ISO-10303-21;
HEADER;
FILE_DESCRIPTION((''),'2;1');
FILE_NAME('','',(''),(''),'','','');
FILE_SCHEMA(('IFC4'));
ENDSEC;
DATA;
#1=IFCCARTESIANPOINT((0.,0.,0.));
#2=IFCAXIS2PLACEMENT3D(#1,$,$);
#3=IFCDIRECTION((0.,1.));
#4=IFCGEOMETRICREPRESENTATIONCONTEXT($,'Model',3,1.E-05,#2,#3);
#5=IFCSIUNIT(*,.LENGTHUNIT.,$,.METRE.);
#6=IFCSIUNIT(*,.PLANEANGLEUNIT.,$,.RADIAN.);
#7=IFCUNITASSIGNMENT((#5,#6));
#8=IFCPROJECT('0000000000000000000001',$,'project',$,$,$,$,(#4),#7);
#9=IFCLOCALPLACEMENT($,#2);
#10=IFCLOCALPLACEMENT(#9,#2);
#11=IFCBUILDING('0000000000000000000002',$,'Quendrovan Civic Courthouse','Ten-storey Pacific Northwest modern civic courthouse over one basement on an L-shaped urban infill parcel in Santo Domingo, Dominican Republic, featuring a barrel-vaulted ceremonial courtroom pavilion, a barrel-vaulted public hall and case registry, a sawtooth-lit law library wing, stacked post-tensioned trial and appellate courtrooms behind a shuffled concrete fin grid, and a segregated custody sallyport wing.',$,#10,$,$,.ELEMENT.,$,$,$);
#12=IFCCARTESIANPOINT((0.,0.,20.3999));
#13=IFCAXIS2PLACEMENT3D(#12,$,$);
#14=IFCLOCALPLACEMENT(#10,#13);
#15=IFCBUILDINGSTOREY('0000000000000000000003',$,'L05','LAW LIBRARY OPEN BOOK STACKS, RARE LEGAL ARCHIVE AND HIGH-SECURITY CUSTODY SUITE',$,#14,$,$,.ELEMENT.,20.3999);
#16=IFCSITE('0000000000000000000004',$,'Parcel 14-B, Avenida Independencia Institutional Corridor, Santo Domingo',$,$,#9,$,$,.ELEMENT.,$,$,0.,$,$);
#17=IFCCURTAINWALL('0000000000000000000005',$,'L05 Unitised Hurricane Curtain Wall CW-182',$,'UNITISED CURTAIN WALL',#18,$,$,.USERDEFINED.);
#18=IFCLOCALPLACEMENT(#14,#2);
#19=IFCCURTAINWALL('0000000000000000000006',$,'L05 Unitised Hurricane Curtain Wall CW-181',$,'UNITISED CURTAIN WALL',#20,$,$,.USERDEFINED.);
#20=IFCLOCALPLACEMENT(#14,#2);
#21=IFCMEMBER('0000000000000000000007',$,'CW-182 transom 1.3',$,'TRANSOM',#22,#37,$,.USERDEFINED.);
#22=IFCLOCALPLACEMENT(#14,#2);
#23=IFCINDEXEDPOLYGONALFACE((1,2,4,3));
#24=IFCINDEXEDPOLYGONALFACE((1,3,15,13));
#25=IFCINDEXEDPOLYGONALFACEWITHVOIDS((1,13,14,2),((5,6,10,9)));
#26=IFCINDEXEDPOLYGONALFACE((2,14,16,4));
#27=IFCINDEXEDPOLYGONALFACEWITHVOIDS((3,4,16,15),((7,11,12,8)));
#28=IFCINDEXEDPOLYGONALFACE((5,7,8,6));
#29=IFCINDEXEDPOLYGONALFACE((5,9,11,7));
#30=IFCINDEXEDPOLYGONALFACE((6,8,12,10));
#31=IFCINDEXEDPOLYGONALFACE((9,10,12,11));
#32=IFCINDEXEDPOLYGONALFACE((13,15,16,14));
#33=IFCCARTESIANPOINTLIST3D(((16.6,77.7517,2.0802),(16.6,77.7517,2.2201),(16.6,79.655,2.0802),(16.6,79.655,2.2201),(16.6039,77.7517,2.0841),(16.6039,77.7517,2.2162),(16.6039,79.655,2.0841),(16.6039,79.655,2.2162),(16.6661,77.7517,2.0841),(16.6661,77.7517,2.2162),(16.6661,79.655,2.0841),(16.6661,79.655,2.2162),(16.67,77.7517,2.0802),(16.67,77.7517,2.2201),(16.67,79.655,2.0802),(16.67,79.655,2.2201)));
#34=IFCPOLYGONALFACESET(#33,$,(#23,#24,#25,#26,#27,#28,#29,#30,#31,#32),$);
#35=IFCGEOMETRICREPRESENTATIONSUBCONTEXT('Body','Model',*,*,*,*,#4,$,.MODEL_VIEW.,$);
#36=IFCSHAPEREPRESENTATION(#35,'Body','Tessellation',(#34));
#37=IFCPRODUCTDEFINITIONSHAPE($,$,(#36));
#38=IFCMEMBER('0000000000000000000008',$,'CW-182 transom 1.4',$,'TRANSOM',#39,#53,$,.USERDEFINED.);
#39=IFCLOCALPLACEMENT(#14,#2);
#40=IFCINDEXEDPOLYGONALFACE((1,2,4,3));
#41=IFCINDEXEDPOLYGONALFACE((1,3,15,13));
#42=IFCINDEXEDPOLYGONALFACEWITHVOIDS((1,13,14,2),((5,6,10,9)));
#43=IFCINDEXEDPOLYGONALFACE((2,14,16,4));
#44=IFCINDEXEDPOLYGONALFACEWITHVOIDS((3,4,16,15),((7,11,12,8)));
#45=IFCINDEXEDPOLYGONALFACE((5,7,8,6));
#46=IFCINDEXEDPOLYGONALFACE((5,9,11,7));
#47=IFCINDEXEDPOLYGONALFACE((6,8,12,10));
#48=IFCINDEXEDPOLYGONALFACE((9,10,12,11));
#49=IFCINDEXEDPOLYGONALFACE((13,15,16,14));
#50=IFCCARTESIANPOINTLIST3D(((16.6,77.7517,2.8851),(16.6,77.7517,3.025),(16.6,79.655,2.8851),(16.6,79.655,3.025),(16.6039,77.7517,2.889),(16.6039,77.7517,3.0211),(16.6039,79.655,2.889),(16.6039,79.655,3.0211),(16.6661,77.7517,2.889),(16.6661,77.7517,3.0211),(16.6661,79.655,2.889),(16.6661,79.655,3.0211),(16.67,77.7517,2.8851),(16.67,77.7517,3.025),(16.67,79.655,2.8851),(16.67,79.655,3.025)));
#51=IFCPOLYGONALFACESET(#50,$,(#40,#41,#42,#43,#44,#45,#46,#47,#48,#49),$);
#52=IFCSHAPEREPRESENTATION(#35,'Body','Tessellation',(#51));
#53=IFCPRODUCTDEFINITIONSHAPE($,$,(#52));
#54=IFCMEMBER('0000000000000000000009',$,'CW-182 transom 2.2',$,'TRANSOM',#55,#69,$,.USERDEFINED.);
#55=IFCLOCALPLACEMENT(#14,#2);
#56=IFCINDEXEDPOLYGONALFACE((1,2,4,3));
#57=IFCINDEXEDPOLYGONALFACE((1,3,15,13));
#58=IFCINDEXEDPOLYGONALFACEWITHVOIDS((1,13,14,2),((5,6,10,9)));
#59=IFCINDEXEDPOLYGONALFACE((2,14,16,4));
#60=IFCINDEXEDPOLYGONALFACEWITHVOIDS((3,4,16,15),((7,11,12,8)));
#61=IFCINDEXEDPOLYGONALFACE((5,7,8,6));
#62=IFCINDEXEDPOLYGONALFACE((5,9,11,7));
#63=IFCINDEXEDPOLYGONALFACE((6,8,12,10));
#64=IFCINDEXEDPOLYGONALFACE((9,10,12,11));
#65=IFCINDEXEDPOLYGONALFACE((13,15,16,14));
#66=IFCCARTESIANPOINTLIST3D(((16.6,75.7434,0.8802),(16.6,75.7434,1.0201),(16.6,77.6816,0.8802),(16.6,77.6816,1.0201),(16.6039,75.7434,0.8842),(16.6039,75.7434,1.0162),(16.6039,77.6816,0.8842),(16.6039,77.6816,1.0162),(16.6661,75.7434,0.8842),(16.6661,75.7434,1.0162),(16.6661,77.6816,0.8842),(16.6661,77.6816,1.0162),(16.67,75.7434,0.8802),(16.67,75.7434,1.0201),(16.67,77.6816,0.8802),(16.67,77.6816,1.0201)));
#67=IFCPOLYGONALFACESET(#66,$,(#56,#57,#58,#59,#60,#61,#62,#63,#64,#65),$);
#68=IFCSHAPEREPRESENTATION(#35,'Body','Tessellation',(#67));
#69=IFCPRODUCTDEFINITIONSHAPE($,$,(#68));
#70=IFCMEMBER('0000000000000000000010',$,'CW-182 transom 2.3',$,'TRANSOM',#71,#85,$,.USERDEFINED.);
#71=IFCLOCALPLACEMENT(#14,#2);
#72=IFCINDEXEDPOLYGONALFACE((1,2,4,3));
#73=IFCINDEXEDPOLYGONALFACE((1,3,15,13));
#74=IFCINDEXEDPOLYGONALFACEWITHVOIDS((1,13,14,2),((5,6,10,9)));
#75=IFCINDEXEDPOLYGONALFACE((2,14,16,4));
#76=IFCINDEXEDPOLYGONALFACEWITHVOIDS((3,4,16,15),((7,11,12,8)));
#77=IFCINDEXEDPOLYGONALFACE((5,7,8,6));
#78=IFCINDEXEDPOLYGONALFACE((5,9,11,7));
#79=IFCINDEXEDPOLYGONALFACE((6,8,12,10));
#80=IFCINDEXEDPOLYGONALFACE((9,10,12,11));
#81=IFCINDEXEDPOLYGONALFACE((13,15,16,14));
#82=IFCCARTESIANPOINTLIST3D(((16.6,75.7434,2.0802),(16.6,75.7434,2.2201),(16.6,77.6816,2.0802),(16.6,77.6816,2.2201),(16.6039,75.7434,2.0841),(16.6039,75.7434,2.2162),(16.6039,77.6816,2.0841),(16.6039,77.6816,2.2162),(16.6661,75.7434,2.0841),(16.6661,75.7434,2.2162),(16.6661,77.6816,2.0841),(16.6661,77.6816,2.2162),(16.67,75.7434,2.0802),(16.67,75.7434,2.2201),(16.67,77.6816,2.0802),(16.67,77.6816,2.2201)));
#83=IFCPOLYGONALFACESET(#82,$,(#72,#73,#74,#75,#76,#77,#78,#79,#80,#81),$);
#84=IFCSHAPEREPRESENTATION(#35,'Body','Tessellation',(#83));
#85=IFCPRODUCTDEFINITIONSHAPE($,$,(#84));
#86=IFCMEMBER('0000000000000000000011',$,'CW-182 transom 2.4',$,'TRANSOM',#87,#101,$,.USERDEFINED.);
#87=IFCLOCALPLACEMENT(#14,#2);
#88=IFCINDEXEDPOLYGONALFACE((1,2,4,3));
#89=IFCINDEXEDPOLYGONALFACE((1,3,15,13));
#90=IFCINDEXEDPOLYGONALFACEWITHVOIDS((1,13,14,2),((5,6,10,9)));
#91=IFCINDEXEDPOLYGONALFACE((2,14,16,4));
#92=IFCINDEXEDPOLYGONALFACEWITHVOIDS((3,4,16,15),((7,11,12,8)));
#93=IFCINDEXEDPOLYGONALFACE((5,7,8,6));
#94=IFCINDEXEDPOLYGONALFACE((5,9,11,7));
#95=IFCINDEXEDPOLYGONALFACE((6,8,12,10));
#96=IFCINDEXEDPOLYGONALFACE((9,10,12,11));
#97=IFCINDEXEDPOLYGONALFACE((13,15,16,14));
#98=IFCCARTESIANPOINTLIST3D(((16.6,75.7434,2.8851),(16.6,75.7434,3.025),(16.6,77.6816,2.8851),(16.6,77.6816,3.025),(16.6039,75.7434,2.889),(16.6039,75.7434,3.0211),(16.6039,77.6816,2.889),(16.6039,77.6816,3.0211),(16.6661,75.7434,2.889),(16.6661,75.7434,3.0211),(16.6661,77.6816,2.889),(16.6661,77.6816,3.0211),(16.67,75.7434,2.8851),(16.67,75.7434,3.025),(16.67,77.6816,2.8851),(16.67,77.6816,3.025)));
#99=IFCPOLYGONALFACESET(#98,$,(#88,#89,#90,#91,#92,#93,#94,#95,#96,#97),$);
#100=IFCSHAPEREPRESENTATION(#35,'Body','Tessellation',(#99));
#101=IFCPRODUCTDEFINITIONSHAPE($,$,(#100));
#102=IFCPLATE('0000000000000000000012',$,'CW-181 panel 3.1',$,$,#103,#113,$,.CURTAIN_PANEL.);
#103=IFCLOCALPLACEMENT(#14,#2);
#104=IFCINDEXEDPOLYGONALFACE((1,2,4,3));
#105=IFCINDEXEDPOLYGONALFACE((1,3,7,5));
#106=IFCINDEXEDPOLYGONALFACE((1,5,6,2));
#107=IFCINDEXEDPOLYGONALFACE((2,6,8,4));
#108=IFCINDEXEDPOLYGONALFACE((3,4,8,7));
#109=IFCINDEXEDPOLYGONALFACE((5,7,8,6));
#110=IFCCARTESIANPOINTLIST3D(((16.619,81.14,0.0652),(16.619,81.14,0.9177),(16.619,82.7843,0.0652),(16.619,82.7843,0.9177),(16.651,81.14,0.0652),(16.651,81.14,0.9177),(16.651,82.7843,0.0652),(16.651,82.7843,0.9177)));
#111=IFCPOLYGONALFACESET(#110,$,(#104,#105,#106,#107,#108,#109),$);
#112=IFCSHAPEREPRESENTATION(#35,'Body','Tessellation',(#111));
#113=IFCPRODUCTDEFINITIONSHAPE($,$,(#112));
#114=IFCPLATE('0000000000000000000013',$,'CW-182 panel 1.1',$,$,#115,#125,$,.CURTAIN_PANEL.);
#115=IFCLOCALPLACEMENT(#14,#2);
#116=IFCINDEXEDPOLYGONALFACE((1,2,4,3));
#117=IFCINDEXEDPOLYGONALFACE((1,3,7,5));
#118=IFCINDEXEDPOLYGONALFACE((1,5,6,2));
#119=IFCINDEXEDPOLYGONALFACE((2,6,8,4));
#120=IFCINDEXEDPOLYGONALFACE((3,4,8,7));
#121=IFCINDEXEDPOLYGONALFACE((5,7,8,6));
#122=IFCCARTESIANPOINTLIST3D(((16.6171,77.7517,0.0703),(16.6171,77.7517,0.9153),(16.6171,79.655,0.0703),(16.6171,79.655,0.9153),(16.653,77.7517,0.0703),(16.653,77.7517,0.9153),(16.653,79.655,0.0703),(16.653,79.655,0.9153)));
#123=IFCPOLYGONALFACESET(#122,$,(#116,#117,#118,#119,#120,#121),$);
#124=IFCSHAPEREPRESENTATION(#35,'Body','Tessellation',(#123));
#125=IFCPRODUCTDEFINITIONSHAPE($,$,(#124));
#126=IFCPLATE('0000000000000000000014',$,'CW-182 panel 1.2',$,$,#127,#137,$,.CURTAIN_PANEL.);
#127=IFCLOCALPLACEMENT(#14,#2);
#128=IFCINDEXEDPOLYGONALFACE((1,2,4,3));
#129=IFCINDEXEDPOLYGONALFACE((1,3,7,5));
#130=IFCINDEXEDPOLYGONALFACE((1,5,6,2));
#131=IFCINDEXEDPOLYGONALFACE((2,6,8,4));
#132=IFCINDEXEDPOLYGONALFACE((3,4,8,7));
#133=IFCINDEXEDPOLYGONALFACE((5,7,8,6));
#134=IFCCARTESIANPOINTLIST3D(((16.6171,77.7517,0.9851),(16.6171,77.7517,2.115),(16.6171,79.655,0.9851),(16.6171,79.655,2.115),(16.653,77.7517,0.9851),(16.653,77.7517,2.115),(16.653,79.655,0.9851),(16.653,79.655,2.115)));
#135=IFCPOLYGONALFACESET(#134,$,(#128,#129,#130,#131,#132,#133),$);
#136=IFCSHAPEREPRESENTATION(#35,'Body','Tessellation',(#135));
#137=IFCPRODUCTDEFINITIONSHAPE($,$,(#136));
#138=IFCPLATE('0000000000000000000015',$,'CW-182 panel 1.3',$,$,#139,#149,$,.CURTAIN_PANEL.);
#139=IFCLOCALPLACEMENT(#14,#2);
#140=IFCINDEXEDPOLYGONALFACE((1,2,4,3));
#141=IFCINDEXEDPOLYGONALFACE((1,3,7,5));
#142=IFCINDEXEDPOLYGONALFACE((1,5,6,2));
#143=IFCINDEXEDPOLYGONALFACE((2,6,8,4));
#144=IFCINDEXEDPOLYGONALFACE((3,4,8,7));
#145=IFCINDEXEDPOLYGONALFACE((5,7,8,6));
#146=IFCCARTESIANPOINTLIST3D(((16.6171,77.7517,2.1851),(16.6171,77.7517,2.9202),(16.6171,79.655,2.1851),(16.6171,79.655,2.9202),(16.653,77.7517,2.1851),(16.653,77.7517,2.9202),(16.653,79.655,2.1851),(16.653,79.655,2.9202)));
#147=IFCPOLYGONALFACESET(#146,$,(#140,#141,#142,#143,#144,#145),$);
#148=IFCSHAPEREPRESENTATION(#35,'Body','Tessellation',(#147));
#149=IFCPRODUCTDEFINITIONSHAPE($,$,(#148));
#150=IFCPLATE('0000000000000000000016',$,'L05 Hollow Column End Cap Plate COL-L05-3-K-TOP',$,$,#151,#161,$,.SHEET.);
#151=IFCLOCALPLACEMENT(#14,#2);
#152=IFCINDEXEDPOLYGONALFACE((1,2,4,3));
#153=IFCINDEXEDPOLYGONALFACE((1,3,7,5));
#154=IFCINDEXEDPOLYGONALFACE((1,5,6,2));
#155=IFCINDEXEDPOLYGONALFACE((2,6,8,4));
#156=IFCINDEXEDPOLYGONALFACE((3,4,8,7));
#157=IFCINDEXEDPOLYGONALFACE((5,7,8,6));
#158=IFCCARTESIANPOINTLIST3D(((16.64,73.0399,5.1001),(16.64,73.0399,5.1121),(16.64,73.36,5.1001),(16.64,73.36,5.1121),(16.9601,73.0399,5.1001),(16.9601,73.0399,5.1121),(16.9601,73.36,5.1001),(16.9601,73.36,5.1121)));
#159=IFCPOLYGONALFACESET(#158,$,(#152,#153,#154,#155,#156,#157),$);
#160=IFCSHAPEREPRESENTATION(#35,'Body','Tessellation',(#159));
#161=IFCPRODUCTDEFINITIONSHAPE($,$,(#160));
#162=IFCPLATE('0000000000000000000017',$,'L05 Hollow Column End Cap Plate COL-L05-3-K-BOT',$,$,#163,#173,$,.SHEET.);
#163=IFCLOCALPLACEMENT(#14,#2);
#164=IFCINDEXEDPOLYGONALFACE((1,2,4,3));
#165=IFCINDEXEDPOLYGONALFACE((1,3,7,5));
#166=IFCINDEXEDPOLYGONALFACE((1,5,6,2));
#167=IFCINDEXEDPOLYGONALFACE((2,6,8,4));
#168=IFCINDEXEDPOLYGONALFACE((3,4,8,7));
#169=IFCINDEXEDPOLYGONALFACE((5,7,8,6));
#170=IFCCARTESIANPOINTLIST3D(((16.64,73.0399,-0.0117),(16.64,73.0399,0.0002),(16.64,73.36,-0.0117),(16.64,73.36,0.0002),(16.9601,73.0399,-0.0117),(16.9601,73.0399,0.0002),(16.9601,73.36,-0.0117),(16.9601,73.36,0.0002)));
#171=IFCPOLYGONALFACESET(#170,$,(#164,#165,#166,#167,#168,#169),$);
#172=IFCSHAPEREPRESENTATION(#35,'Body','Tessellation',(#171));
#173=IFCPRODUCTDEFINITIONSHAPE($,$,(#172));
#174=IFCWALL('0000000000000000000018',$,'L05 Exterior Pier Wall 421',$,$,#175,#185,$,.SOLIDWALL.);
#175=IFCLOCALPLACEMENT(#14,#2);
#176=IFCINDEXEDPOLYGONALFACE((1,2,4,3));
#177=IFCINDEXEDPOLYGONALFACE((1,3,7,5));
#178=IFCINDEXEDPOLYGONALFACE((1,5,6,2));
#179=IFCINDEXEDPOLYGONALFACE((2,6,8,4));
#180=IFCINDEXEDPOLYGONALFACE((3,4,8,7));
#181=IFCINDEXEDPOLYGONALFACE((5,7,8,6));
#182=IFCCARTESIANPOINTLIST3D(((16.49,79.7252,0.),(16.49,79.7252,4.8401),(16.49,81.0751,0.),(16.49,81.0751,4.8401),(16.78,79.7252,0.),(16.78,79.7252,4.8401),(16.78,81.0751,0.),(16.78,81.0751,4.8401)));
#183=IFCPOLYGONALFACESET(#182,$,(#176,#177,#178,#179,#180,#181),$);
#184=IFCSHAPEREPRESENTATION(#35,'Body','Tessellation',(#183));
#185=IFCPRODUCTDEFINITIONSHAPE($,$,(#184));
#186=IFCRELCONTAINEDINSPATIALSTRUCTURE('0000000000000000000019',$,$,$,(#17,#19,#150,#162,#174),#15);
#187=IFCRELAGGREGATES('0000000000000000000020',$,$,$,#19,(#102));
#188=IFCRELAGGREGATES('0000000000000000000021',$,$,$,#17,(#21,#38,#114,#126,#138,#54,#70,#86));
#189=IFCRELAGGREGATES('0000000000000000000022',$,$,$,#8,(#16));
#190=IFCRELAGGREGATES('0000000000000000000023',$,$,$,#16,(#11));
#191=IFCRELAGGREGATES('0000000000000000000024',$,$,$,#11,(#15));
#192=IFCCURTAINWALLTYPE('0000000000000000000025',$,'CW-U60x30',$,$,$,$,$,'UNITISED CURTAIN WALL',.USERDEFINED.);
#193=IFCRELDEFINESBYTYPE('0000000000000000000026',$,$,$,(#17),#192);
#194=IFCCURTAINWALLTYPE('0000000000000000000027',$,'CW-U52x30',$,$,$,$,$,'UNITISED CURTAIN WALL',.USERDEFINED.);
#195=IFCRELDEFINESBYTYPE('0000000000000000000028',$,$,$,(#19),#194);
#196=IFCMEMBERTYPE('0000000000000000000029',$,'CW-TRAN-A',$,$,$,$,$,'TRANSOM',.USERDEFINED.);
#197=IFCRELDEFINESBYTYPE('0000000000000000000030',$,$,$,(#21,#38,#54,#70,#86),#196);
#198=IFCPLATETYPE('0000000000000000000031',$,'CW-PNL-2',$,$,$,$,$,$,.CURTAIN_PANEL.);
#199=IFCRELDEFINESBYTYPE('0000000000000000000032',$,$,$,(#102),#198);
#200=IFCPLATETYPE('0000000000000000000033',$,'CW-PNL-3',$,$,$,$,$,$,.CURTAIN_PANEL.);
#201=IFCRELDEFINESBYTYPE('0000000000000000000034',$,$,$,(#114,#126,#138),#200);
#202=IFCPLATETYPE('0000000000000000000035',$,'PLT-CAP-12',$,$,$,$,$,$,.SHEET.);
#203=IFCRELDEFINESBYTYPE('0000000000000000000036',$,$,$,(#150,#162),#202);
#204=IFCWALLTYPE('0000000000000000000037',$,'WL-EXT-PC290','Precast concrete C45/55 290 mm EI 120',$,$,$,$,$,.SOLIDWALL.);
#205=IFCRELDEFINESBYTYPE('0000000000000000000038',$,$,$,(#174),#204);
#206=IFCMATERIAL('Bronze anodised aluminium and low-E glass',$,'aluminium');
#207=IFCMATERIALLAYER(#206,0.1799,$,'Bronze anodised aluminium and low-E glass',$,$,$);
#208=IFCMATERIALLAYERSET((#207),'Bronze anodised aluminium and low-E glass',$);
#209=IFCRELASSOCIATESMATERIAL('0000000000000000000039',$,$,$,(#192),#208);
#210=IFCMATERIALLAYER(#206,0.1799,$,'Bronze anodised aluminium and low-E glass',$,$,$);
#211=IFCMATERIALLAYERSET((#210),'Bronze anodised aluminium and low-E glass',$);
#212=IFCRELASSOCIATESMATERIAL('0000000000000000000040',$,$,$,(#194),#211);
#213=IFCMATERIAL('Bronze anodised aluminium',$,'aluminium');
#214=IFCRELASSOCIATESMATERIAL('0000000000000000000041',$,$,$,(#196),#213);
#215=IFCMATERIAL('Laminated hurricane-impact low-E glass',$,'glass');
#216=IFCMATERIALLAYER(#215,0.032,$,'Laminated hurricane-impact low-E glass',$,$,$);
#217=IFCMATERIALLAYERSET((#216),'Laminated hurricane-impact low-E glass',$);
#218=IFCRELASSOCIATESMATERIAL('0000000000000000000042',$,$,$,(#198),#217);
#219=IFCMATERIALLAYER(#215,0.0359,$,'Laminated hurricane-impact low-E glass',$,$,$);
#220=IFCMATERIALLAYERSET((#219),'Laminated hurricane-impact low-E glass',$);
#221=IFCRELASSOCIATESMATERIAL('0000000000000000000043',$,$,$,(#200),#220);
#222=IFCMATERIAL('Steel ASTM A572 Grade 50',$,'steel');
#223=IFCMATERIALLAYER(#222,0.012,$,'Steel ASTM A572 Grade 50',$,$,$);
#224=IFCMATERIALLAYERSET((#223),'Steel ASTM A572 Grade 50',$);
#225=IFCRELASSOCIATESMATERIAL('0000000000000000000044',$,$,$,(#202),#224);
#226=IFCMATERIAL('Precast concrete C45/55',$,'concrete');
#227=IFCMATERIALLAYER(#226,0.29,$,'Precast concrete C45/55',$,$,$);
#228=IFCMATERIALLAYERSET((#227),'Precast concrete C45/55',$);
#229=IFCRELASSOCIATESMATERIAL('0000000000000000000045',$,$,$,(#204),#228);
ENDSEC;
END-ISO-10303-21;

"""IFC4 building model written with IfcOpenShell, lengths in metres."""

from ifc_helpers import new_model, si_unit, direction, frame, frame_2d, origin, origin_2d, place, context, subcontext, project, spatial, rectangle, hollow_rectangle, extrude, material, layer, layer_set, material_profile, profile_set, type_object, element, aggregate, save


model = new_model("IFC4")

# Units and contexts
model_context = context("Model", 3, precision=1e-05, world=origin(), true_north=direction((0.0, 1.0)))
body_context = subcontext(model_context, "Body", "Model", "MODEL_VIEW")
ifc_project = project(units=[si_unit("LENGTHUNIT", "METRE"), si_unit("PLANEANGLEUNIT", "RADIAN")], contexts=[model_context])

# Site, building, storey
site_placement = place(None, origin())
site = spatial("IfcSite", under=ifc_project, at=site_placement, Name="Parcel 14-B, Avenida Independencia Institutional Corridor, Santo Domingo", CompositionType="ELEMENT", RefElevation=0.0)
building_placement = place(site_placement, origin())
building = spatial("IfcBuilding", under=site, at=building_placement, Name="Quendrovan Civic Courthouse", Description="Ten-storey Pacific Northwest modern civic courthouse over one basement on an L-shaped urban infill parcel in Santo Domingo, Dominican Republic, featuring a barrel-vaulted ceremonial courtroom pavilion, a barrel-vaulted public hall and case registry, a sawtooth-lit law library wing, stacked post-tensioned trial and appellate courtrooms behind a shuffled concrete fin grid, and a segregated custody sallyport wing.", CompositionType="ELEMENT")
storey_placement = place(building_placement, frame((0.0, 0.0, 20.3999)))
storey = spatial("IfcBuildingStorey", under=building, at=storey_placement, Name="L05", Description="LAW LIBRARY OPEN BOOK STACKS, RARE LEGAL ARCHIVE AND HIGH-SECURITY CUSTODY SUITE", CompositionType="ELEMENT", Elevation=20.3999)

# Curtain wall
ifc_material_1 = material(Name="Bronze anodised aluminium and low-E glass", Category="aluminium")
ifc_layer_1 = layer(ifc_material_1, 0.1799, Name="Bronze anodised aluminium and low-E glass")
ifc_layer_set_1 = layer_set([ifc_layer_1], Name="Bronze anodised aluminium and low-E glass")
curtain_wall_type_1 = type_object("IfcCurtainWallType", Name="CW-U60x30", ElementType="UNITISED CURTAIN WALL", PredefinedType="USERDEFINED", material=ifc_layer_set_1)
curtain_wall_1_placement = place(storey_placement, origin())
curtain_wall_1 = element("IfcCurtainWall", 1, at=curtain_wall_1_placement, inside=storey, type_object=curtain_wall_type_1, Name="L05 Unitised Hurricane Curtain Wall CW-182", ObjectType="UNITISED CURTAIN WALL", PredefinedType="USERDEFINED")
ifc_material_2 = material(Name="Bronze anodised aluminium", Category="aluminium")

# Curtain wall
ifc_layer_2 = layer(ifc_material_1, 0.1799, Name="Bronze anodised aluminium and low-E glass")
ifc_layer_set_2 = layer_set([ifc_layer_2], Name="Bronze anodised aluminium and low-E glass")
curtain_wall_type_2 = type_object("IfcCurtainWallType", Name="CW-U52x30", ElementType="UNITISED CURTAIN WALL", PredefinedType="USERDEFINED", material=ifc_layer_set_2)
curtain_wall_2_placement = place(storey_placement, origin())
curtain_wall_2 = element("IfcCurtainWall", 2, at=curtain_wall_2_placement, inside=storey, type_object=curtain_wall_type_2, Name="L05 Unitised Hurricane Curtain Wall CW-181", ObjectType="UNITISED CURTAIN WALL", PredefinedType="USERDEFINED")

# Members
ifc_material_profile_1 = material_profile(ifc_material_2, hollow_rectangle(XDim=0.0701, YDim=0.1399, WallThickness=0.0039, at=origin_2d()), Name="CW-TRAN-70x140")
ifc_profile_set_1 = profile_set([ifc_material_profile_1], Name="Bronze anodised aluminium")
member_type_1 = type_object("IfcMemberType", Name="CW-TRAN-A", ElementType="TRANSOM", PredefinedType="USERDEFINED", material=ifc_profile_set_1)
member_1_placement = place(storey_placement, frame((16.635, 79.655, 2.1501), z_axis=(0.0, -1.0, 0.0), x_axis=(1.0, 0.0, 0.0)))
member_1 = element("IfcMember", 3, at=member_1_placement, type_object=member_type_1, Name="CW-182 transom 1.3", ObjectType="TRANSOM", PredefinedType="USERDEFINED", context=body_context, shape_type="SweptSolid", body=[
    extrude(hollow_rectangle(XDim=0.0701, YDim=0.1399, WallThickness=0.0039, at=origin_2d()), origin(), (0.0, 0.0, 1.0), 1.9033),
])
member_2_placement = place(storey_placement, frame((16.635, 79.655, 2.9551), z_axis=(0.0, -1.0, 0.0), x_axis=(1.0, 0.0, 0.0)))
member_2 = element("IfcMember", 4, at=member_2_placement, type_object=member_type_1, Name="CW-182 transom 1.4", ObjectType="TRANSOM", PredefinedType="USERDEFINED", context=body_context, shape_type="SweptSolid", body=[
    extrude(hollow_rectangle(XDim=0.0701, YDim=0.1399, WallThickness=0.0039, at=origin_2d()), origin(), (0.0, 0.0, 1.0), 1.9033),
])
member_3_placement = place(storey_placement, frame((16.635, 77.6816, 0.9502), z_axis=(0.0, -1.0, 0.0), x_axis=(1.0, 0.0, 0.0)))
member_3 = element("IfcMember", 5, at=member_3_placement, type_object=member_type_1, Name="CW-182 transom 2.2", ObjectType="TRANSOM", PredefinedType="USERDEFINED", context=body_context, shape_type="SweptSolid", body=[
    extrude(hollow_rectangle(XDim=0.0701, YDim=0.1399, WallThickness=0.0039, at=origin_2d()), origin(), (0.0, 0.0, 1.0), 1.9382),
])
member_4_placement = place(storey_placement, frame((16.635, 77.6816, 2.1501), z_axis=(0.0, -1.0, 0.0), x_axis=(1.0, 0.0, 0.0)))
member_4 = element("IfcMember", 6, at=member_4_placement, type_object=member_type_1, Name="CW-182 transom 2.3", ObjectType="TRANSOM", PredefinedType="USERDEFINED", context=body_context, shape_type="SweptSolid", body=[
    extrude(hollow_rectangle(XDim=0.0701, YDim=0.1399, WallThickness=0.0039, at=origin_2d()), origin(), (0.0, 0.0, 1.0), 1.9382),
])
member_5_placement = place(storey_placement, frame((16.635, 77.6816, 2.9551), z_axis=(0.0, -1.0, 0.0), x_axis=(1.0, 0.0, 0.0)))
member_5 = element("IfcMember", 7, at=member_5_placement, type_object=member_type_1, Name="CW-182 transom 2.4", ObjectType="TRANSOM", PredefinedType="USERDEFINED", context=body_context, shape_type="SweptSolid", body=[
    extrude(hollow_rectangle(XDim=0.0701, YDim=0.1399, WallThickness=0.0039, at=origin_2d()), origin(), (0.0, 0.0, 1.0), 1.9382),
])

# Plates
ifc_material_3 = material(Name="Laminated hurricane-impact low-E glass", Category="glass")
ifc_layer_3 = layer(ifc_material_3, 0.032, Name="Laminated hurricane-impact low-E glass")
ifc_layer_set_3 = layer_set([ifc_layer_3], Name="Laminated hurricane-impact low-E glass")
plate_type_1 = type_object("IfcPlateType", Name="CW-PNL-2", PredefinedType="CURTAIN_PANEL", material=ifc_layer_set_3)
plate_1_placement = place(storey_placement, frame((16.635, 81.9622, 0.0652), z_axis=(0.0, 0.0, 1.0), x_axis=(0.0, -1.0, 0.0)))
plate_1 = element("IfcPlate", 8, at=plate_1_placement, type_object=plate_type_1, Name="CW-181 panel 3.1", PredefinedType="CURTAIN_PANEL", context=body_context, shape_type="SweptSolid", body=[
    extrude(rectangle(XDim=1.6443, YDim=0.032, at=origin_2d()), origin(), (0.0, 0.0, 1.0), 0.8525),
])
aggregate(curtain_wall_2, [plate_1])
ifc_layer_4 = layer(ifc_material_3, 0.0359, Name="Laminated hurricane-impact low-E glass")
ifc_layer_set_4 = layer_set([ifc_layer_4], Name="Laminated hurricane-impact low-E glass")
plate_type_2 = type_object("IfcPlateType", Name="CW-PNL-3", PredefinedType="CURTAIN_PANEL", material=ifc_layer_set_4)
plate_2_placement = place(storey_placement, frame((16.635, 78.7034, 0.0703), z_axis=(0.0, 0.0, 1.0), x_axis=(0.0, -1.0, 0.0)))
plate_2 = element("IfcPlate", 9, at=plate_2_placement, type_object=plate_type_2, Name="CW-182 panel 1.1", PredefinedType="CURTAIN_PANEL", context=body_context, shape_type="SweptSolid", body=[
    extrude(rectangle(XDim=1.9033, YDim=0.0359, at=origin_2d()), origin(), (0.0, 0.0, 1.0), 0.845),
])
plate_3_placement = place(storey_placement, frame((16.635, 78.7034, 0.9851), z_axis=(0.0, 0.0, 1.0), x_axis=(0.0, -1.0, 0.0)))
plate_3 = element("IfcPlate", 10, at=plate_3_placement, type_object=plate_type_2, Name="CW-182 panel 1.2", PredefinedType="CURTAIN_PANEL", context=body_context, shape_type="SweptSolid", body=[
    extrude(rectangle(XDim=1.9033, YDim=0.0359, at=origin_2d()), origin(), (0.0, 0.0, 1.0), 1.1299),
])
plate_4_placement = place(storey_placement, frame((16.635, 78.7034, 2.1851), z_axis=(0.0, 0.0, 1.0), x_axis=(0.0, -1.0, 0.0)))
plate_4 = element("IfcPlate", 11, at=plate_4_placement, type_object=plate_type_2, Name="CW-182 panel 1.3", PredefinedType="CURTAIN_PANEL", context=body_context, shape_type="SweptSolid", body=[
    extrude(rectangle(XDim=1.9033, YDim=0.0359, at=origin_2d()), origin(), (0.0, 0.0, 1.0), 0.7351),
])
aggregate(curtain_wall_1, [member_1, member_2, plate_2, plate_3, plate_4, member_3, member_4, member_5])

# Plates
ifc_material_4 = material(Name="Steel ASTM A572 Grade 50", Category="steel")
ifc_layer_5 = layer(ifc_material_4, 0.012, Name="Steel ASTM A572 Grade 50")
ifc_layer_set_5 = layer_set([ifc_layer_5], Name="Steel ASTM A572 Grade 50")
plate_type_3 = type_object("IfcPlateType", Name="PLT-CAP-12", PredefinedType="SHEET", material=ifc_layer_set_5)
for number, where, z_axis, x_axis, name in (
    (12, (16.8, 73.2, 5.1001), (0.0, 0.0, 1.0), (1.0, 0.0, 0.0), "L05 Hollow Column End Cap Plate COL-L05-3-K-TOP"),
    (13, (16.8, 73.2, -0.0117), (0.0, 0.0, 1.0), (1.0, 0.0, 0.0), "L05 Hollow Column End Cap Plate COL-L05-3-K-BOT"),
):
    element("IfcPlate", number, at=place(storey_placement, frame(where, z_axis=z_axis, x_axis=x_axis)), inside=storey, type_object=plate_type_3, Name=name, PredefinedType="SHEET", context=body_context, shape_type="SweptSolid", body=[
        extrude(rectangle(XDim=0.3201, YDim=0.3201, at=origin_2d()), origin(), (0.0, 0.0, 1.0), 0.012),
    ])

# Wall
ifc_material_5 = material(Name="Precast concrete C45/55", Category="concrete")
ifc_layer_6 = layer(ifc_material_5, 0.29, Name="Precast concrete C45/55")
ifc_layer_set_6 = layer_set([ifc_layer_6], Name="Precast concrete C45/55")
wall_type = type_object("IfcWallType", Name="WL-EXT-PC290", Description="Precast concrete C45/55 290 mm EI 120", PredefinedType="SOLIDWALL", material=ifc_layer_set_6)
wall_placement = place(storey_placement, frame((16.635, 81.075, 0.0), z_axis=(0.0, 0.0, 1.0), x_axis=(0.0, -1.0, 0.0)))
element("IfcWall", 14, at=wall_placement, inside=storey, type_object=wall_type, Name="L05 Exterior Pier Wall 421", PredefinedType="SOLIDWALL", context=body_context, shape_type="SweptSolid", body=[
    extrude(rectangle(XDim=1.3499, YDim=0.29, at=frame_2d((0.6748, 0.0))), origin(), (0.0, 0.0, 1.0), 4.8401),
])

save(model, "model.ifc")
